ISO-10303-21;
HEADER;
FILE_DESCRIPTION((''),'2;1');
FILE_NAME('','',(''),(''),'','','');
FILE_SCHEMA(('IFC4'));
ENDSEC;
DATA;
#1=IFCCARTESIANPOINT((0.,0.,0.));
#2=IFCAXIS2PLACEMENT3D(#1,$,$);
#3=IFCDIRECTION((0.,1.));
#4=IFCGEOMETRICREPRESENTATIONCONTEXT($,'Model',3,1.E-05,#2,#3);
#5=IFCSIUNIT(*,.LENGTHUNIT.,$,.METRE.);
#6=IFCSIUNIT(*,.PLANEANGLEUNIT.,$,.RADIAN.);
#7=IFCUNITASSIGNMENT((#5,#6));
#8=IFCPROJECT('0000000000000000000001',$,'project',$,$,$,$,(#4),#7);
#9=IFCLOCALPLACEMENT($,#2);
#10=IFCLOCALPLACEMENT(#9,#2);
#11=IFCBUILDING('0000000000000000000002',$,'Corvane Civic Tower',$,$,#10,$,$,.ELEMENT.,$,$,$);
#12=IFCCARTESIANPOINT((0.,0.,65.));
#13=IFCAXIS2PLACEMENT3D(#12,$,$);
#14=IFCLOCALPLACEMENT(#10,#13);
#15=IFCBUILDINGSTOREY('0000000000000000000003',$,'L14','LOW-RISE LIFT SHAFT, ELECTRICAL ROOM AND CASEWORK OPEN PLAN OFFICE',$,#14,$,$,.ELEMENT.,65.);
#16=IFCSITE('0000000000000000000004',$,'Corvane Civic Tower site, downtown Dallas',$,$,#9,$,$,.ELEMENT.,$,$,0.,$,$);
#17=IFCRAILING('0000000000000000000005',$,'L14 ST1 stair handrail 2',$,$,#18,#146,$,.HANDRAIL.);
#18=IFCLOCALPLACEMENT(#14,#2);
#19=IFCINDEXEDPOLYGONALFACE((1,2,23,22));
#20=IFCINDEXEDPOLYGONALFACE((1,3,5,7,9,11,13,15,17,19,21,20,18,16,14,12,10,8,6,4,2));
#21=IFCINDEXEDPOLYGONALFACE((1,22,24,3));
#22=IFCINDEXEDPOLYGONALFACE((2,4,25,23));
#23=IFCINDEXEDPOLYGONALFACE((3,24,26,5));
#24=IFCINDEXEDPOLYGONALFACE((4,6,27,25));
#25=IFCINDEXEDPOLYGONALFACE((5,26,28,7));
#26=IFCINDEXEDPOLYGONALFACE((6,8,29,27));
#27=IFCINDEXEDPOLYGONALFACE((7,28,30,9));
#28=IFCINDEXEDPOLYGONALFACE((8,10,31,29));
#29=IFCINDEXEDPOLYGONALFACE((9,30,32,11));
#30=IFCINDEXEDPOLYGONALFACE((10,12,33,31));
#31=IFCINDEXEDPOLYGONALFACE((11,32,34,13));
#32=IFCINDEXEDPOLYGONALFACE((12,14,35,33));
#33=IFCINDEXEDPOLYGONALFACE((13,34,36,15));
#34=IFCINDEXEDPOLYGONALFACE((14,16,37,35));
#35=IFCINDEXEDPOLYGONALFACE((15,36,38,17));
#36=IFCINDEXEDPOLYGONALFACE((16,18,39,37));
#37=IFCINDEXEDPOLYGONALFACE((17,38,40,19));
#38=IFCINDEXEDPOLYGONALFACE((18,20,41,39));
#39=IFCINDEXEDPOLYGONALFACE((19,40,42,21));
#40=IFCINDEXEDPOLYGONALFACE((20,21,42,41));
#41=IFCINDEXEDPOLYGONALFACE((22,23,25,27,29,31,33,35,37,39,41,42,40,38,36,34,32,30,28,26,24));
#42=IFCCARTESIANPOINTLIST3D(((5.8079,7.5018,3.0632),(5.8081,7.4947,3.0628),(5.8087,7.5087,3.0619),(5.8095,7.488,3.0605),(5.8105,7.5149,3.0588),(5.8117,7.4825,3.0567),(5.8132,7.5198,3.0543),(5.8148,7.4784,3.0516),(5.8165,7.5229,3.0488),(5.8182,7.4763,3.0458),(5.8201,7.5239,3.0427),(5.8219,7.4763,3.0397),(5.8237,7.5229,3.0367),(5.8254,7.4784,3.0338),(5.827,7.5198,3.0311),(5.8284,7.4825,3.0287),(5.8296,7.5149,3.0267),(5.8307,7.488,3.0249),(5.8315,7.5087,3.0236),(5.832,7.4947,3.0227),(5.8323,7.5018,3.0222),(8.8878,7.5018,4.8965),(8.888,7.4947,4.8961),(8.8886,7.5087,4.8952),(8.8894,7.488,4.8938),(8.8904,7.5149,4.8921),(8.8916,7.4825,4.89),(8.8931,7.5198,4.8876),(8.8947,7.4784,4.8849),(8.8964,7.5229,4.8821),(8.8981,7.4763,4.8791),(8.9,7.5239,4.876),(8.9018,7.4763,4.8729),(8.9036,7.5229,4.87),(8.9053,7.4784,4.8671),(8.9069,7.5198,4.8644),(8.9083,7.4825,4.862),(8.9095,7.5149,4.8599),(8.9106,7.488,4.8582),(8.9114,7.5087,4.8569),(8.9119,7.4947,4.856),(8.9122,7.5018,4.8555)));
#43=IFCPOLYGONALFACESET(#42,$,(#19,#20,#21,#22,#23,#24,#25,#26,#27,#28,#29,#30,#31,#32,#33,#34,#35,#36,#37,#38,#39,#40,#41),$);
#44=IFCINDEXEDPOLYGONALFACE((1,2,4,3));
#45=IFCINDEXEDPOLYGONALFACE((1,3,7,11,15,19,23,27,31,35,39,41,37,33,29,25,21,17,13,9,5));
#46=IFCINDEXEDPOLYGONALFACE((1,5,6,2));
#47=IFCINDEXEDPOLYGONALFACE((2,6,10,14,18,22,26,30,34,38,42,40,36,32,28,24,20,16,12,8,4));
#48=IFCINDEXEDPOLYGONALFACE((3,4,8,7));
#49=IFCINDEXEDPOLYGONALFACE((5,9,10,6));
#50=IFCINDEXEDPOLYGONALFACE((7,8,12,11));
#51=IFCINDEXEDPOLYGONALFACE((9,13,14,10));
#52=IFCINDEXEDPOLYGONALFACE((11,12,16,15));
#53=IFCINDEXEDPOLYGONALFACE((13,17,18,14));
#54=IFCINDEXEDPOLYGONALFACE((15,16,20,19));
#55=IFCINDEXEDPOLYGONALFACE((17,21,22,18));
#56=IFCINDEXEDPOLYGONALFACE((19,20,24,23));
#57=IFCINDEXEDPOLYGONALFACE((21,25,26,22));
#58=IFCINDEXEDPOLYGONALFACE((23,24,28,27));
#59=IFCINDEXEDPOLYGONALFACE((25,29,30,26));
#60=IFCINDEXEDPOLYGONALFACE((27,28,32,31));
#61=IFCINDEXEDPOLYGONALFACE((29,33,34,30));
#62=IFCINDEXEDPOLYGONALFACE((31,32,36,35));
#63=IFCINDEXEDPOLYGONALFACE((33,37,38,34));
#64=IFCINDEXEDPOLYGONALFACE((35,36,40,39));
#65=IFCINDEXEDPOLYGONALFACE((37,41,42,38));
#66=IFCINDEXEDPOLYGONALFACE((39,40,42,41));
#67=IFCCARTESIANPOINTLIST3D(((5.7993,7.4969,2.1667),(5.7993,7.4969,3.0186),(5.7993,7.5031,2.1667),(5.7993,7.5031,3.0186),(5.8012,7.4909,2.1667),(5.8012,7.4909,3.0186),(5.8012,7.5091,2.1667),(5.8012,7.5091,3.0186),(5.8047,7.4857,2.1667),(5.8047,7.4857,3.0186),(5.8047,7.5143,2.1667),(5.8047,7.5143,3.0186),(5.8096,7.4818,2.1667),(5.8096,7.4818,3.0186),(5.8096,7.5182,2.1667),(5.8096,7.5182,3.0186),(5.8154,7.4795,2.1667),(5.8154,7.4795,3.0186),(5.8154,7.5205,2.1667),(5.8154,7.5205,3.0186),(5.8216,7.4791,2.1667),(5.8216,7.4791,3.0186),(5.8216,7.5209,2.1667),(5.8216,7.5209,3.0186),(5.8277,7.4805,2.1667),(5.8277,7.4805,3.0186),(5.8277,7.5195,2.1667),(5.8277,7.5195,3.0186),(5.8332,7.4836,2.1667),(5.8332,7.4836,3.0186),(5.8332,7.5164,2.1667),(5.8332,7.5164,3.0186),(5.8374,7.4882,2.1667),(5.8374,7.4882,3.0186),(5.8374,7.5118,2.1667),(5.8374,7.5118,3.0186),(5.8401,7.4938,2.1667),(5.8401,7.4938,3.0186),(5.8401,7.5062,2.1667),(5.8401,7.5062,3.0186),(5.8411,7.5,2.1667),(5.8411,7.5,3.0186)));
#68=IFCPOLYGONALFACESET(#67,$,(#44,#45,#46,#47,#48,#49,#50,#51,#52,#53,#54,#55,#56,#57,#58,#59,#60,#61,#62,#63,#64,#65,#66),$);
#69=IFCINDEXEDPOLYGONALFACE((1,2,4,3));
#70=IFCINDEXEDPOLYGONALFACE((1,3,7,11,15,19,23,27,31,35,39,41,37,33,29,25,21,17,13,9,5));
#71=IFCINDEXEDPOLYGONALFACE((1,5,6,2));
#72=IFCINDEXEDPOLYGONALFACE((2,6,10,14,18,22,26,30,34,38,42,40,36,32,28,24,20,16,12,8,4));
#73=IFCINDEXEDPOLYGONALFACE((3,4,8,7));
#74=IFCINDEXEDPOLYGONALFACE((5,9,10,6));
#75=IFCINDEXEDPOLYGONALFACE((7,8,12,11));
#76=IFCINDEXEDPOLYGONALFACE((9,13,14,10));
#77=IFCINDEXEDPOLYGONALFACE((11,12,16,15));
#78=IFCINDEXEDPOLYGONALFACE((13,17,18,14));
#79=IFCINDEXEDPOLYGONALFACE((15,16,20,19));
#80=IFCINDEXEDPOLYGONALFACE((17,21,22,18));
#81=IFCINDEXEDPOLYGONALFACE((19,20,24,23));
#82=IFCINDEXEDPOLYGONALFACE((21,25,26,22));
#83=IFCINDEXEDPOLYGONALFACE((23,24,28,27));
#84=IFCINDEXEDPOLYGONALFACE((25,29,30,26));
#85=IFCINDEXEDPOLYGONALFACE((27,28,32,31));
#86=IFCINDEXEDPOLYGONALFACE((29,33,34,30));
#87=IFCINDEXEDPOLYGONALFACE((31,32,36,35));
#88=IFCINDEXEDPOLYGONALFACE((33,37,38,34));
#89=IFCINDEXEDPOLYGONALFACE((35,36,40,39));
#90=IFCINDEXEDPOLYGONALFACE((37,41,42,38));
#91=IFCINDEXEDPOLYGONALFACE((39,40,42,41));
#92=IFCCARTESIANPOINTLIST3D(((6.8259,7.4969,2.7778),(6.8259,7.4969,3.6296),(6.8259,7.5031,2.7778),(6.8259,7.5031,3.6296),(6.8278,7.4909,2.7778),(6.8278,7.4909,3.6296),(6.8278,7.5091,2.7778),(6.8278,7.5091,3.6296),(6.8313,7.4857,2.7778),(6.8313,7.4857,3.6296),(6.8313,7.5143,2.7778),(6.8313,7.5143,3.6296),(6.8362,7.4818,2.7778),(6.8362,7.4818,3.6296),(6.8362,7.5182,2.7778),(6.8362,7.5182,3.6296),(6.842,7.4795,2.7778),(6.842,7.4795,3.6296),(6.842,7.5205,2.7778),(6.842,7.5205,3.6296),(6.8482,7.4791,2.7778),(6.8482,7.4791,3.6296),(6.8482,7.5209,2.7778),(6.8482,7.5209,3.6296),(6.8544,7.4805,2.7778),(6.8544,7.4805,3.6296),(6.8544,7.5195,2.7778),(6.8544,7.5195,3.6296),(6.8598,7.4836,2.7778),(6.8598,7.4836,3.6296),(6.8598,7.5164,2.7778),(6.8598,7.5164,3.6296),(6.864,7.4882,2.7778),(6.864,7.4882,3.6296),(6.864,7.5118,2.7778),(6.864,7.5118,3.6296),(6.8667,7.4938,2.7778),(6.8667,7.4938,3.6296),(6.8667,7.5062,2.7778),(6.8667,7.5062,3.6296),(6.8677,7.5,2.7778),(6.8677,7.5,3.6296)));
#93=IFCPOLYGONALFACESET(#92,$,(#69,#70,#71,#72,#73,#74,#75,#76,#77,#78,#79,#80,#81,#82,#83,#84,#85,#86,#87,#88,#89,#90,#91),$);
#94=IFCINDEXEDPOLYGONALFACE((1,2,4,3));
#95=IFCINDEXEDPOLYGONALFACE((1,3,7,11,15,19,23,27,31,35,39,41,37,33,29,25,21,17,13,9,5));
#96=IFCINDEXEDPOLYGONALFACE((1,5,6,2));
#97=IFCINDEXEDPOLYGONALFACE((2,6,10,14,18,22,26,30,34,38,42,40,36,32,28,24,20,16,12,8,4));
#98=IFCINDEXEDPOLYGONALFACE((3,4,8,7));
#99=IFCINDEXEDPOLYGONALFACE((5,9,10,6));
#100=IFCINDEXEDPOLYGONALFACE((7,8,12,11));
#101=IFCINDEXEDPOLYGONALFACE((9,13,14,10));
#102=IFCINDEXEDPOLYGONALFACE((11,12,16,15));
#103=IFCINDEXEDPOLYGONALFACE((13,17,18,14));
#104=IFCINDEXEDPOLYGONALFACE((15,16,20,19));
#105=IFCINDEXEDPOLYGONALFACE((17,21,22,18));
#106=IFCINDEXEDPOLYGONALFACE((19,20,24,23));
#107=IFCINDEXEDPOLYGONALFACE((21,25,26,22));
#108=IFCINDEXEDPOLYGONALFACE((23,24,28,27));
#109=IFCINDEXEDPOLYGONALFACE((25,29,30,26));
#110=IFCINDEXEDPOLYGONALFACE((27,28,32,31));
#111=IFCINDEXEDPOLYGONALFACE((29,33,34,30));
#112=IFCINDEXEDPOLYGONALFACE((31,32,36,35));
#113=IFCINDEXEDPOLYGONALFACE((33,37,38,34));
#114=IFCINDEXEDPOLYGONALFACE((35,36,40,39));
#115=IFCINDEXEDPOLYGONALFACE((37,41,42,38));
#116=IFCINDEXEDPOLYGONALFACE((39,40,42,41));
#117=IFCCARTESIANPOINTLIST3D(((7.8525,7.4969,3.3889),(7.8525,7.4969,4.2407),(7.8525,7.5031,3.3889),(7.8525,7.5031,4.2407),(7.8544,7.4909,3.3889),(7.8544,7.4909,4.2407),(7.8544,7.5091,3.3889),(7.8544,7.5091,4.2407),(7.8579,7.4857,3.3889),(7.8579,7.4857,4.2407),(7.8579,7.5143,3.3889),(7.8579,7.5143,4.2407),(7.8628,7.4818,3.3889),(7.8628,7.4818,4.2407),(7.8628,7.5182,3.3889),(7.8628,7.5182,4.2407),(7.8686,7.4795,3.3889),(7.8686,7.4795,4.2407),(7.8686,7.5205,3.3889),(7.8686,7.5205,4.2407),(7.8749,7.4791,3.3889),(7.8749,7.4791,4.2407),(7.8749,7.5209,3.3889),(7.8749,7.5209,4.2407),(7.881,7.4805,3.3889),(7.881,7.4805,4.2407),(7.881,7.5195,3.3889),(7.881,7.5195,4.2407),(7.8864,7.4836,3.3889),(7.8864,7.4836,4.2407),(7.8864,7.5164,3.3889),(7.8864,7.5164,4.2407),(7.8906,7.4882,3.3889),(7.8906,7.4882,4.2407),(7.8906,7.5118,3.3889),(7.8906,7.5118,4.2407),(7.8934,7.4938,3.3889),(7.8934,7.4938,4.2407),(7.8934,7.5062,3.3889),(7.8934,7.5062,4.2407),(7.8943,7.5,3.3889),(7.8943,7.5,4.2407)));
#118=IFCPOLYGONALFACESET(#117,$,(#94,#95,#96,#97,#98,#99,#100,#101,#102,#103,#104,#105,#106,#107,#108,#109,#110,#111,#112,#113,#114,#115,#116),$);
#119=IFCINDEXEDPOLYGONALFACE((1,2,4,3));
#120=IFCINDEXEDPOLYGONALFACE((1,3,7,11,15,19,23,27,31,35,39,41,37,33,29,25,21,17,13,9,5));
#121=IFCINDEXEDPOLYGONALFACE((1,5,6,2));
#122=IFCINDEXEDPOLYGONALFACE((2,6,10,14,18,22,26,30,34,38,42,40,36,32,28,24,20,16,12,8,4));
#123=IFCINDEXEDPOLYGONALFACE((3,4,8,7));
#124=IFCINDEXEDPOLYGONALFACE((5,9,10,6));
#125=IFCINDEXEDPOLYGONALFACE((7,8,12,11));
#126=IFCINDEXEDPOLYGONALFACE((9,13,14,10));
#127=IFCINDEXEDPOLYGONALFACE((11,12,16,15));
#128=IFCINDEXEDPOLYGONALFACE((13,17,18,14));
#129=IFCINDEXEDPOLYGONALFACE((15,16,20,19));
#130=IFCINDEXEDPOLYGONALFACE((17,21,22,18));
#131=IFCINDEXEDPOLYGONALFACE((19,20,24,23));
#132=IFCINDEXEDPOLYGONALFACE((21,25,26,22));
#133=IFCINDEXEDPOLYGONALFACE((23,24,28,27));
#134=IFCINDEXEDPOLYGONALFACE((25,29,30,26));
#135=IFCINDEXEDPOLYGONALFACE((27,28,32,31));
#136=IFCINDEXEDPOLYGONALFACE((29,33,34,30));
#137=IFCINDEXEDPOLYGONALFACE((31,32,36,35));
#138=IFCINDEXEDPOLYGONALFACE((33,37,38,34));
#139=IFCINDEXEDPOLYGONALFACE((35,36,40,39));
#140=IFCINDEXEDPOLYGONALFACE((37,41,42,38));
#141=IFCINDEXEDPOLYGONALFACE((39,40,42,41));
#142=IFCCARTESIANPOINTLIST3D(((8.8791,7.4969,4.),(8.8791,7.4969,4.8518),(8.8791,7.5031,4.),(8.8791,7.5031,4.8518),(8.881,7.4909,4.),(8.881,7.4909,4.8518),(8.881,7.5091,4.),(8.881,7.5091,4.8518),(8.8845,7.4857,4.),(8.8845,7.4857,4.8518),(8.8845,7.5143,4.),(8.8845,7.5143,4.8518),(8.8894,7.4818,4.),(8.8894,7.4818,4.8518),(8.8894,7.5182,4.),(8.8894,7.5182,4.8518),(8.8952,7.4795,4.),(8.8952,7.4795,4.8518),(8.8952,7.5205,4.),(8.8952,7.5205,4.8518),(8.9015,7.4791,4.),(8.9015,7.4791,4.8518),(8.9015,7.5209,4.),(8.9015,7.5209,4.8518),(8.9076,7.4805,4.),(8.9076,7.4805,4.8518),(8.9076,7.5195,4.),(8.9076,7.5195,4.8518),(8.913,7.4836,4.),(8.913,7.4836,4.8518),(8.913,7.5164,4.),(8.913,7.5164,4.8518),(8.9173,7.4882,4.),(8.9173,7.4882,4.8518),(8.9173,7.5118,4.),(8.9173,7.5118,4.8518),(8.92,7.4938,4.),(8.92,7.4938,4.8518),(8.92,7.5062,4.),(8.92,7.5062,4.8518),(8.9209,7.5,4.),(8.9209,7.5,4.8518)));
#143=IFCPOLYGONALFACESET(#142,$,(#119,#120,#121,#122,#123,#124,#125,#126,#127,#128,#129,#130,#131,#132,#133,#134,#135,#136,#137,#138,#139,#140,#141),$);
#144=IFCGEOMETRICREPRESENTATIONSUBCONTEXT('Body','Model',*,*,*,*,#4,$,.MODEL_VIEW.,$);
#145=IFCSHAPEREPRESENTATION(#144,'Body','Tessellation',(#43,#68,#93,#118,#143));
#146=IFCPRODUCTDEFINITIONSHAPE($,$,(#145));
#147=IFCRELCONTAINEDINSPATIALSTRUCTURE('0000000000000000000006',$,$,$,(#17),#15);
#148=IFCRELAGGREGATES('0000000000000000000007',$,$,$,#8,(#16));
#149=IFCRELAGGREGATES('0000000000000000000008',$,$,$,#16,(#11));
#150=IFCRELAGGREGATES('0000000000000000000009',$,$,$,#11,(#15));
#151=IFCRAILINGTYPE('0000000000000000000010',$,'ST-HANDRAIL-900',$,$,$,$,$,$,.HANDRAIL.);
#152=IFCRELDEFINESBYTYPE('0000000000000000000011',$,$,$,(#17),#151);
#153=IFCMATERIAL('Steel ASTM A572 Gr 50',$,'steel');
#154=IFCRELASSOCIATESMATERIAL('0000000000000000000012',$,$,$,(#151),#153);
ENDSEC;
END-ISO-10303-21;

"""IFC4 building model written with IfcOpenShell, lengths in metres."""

from ifc_helpers import new_model, si_unit, direction, frame, origin, origin_2d, place, context, subcontext, project, spatial, circle, extrude, material, type_object, element, save


model = new_model("IFC4")

# Units and contexts
model_context = context("Model", 3, precision=1e-05, world=origin(), true_north=direction((0.0, 1.0)))
body_context = subcontext(model_context, "Body", "Model", "MODEL_VIEW")
ifc_project = project(units=[si_unit("LENGTHUNIT", "METRE"), si_unit("PLANEANGLEUNIT", "RADIAN")], contexts=[model_context])

# Site, building, storey
site_placement = place(None, origin())
site = spatial("IfcSite", under=ifc_project, at=site_placement, Name="Corvane Civic Tower site, downtown Dallas", CompositionType="ELEMENT", RefElevation=0.0)
building_placement = place(site_placement, origin())
building = spatial("IfcBuilding", under=site, at=building_placement, Name="Corvane Civic Tower", CompositionType="ELEMENT")
storey_placement = place(building_placement, frame((0.0, 0.0, 65.0)))
storey = spatial("IfcBuildingStorey", under=building, at=storey_placement, Name="L14", Description="LOW-RISE LIFT SHAFT, ELECTRICAL ROOM AND CASEWORK OPEN PLAN OFFICE", CompositionType="ELEMENT", Elevation=65.0)

# Railing
ifc_material_1 = material(Name="Steel ASTM A572 Gr 50", Category="steel")
railing_type_1 = type_object("IfcRailingType", Name="ST-HANDRAIL-900", PredefinedType="HANDRAIL", material=ifc_material_1)
railing_1_placement = place(storey_placement, frame((5.8201, 7.5, 2.1667)))
element("IfcRailing", 1, at=railing_1_placement, inside=storey, type_object=railing_type_1, Name="L14 ST1 stair handrail 2", PredefinedType="HANDRAIL", context=body_context, shape_type="SweptSolid", body=[
    extrude(circle(Radius=0.0239, at=origin_2d()), frame((0.0, 0.0, 0.876), z_axis=(0.859291, 0.0, 0.511487), x_axis=(0.0, 1.0, 0.0)), (0.0, 0.0, 1.0), 3.5842),
    extrude(circle(Radius=0.021, at=origin_2d()), origin(), (0.0, 0.0, 1.0), 0.8518),
    extrude(circle(Radius=0.021, at=origin_2d()), frame((1.0266, 0.0, 0.6111)), (0.0, 0.0, 1.0), 0.8518),
    extrude(circle(Radius=0.021, at=origin_2d()), frame((2.0532, 0.0, 1.2222)), (0.0, 0.0, 1.0), 0.8518),
    extrude(circle(Radius=0.021, at=origin_2d()), frame((3.0798, 0.0, 1.8333)), (0.0, 0.0, 1.0), 0.8518),
])

save(model, "model.ifc")
